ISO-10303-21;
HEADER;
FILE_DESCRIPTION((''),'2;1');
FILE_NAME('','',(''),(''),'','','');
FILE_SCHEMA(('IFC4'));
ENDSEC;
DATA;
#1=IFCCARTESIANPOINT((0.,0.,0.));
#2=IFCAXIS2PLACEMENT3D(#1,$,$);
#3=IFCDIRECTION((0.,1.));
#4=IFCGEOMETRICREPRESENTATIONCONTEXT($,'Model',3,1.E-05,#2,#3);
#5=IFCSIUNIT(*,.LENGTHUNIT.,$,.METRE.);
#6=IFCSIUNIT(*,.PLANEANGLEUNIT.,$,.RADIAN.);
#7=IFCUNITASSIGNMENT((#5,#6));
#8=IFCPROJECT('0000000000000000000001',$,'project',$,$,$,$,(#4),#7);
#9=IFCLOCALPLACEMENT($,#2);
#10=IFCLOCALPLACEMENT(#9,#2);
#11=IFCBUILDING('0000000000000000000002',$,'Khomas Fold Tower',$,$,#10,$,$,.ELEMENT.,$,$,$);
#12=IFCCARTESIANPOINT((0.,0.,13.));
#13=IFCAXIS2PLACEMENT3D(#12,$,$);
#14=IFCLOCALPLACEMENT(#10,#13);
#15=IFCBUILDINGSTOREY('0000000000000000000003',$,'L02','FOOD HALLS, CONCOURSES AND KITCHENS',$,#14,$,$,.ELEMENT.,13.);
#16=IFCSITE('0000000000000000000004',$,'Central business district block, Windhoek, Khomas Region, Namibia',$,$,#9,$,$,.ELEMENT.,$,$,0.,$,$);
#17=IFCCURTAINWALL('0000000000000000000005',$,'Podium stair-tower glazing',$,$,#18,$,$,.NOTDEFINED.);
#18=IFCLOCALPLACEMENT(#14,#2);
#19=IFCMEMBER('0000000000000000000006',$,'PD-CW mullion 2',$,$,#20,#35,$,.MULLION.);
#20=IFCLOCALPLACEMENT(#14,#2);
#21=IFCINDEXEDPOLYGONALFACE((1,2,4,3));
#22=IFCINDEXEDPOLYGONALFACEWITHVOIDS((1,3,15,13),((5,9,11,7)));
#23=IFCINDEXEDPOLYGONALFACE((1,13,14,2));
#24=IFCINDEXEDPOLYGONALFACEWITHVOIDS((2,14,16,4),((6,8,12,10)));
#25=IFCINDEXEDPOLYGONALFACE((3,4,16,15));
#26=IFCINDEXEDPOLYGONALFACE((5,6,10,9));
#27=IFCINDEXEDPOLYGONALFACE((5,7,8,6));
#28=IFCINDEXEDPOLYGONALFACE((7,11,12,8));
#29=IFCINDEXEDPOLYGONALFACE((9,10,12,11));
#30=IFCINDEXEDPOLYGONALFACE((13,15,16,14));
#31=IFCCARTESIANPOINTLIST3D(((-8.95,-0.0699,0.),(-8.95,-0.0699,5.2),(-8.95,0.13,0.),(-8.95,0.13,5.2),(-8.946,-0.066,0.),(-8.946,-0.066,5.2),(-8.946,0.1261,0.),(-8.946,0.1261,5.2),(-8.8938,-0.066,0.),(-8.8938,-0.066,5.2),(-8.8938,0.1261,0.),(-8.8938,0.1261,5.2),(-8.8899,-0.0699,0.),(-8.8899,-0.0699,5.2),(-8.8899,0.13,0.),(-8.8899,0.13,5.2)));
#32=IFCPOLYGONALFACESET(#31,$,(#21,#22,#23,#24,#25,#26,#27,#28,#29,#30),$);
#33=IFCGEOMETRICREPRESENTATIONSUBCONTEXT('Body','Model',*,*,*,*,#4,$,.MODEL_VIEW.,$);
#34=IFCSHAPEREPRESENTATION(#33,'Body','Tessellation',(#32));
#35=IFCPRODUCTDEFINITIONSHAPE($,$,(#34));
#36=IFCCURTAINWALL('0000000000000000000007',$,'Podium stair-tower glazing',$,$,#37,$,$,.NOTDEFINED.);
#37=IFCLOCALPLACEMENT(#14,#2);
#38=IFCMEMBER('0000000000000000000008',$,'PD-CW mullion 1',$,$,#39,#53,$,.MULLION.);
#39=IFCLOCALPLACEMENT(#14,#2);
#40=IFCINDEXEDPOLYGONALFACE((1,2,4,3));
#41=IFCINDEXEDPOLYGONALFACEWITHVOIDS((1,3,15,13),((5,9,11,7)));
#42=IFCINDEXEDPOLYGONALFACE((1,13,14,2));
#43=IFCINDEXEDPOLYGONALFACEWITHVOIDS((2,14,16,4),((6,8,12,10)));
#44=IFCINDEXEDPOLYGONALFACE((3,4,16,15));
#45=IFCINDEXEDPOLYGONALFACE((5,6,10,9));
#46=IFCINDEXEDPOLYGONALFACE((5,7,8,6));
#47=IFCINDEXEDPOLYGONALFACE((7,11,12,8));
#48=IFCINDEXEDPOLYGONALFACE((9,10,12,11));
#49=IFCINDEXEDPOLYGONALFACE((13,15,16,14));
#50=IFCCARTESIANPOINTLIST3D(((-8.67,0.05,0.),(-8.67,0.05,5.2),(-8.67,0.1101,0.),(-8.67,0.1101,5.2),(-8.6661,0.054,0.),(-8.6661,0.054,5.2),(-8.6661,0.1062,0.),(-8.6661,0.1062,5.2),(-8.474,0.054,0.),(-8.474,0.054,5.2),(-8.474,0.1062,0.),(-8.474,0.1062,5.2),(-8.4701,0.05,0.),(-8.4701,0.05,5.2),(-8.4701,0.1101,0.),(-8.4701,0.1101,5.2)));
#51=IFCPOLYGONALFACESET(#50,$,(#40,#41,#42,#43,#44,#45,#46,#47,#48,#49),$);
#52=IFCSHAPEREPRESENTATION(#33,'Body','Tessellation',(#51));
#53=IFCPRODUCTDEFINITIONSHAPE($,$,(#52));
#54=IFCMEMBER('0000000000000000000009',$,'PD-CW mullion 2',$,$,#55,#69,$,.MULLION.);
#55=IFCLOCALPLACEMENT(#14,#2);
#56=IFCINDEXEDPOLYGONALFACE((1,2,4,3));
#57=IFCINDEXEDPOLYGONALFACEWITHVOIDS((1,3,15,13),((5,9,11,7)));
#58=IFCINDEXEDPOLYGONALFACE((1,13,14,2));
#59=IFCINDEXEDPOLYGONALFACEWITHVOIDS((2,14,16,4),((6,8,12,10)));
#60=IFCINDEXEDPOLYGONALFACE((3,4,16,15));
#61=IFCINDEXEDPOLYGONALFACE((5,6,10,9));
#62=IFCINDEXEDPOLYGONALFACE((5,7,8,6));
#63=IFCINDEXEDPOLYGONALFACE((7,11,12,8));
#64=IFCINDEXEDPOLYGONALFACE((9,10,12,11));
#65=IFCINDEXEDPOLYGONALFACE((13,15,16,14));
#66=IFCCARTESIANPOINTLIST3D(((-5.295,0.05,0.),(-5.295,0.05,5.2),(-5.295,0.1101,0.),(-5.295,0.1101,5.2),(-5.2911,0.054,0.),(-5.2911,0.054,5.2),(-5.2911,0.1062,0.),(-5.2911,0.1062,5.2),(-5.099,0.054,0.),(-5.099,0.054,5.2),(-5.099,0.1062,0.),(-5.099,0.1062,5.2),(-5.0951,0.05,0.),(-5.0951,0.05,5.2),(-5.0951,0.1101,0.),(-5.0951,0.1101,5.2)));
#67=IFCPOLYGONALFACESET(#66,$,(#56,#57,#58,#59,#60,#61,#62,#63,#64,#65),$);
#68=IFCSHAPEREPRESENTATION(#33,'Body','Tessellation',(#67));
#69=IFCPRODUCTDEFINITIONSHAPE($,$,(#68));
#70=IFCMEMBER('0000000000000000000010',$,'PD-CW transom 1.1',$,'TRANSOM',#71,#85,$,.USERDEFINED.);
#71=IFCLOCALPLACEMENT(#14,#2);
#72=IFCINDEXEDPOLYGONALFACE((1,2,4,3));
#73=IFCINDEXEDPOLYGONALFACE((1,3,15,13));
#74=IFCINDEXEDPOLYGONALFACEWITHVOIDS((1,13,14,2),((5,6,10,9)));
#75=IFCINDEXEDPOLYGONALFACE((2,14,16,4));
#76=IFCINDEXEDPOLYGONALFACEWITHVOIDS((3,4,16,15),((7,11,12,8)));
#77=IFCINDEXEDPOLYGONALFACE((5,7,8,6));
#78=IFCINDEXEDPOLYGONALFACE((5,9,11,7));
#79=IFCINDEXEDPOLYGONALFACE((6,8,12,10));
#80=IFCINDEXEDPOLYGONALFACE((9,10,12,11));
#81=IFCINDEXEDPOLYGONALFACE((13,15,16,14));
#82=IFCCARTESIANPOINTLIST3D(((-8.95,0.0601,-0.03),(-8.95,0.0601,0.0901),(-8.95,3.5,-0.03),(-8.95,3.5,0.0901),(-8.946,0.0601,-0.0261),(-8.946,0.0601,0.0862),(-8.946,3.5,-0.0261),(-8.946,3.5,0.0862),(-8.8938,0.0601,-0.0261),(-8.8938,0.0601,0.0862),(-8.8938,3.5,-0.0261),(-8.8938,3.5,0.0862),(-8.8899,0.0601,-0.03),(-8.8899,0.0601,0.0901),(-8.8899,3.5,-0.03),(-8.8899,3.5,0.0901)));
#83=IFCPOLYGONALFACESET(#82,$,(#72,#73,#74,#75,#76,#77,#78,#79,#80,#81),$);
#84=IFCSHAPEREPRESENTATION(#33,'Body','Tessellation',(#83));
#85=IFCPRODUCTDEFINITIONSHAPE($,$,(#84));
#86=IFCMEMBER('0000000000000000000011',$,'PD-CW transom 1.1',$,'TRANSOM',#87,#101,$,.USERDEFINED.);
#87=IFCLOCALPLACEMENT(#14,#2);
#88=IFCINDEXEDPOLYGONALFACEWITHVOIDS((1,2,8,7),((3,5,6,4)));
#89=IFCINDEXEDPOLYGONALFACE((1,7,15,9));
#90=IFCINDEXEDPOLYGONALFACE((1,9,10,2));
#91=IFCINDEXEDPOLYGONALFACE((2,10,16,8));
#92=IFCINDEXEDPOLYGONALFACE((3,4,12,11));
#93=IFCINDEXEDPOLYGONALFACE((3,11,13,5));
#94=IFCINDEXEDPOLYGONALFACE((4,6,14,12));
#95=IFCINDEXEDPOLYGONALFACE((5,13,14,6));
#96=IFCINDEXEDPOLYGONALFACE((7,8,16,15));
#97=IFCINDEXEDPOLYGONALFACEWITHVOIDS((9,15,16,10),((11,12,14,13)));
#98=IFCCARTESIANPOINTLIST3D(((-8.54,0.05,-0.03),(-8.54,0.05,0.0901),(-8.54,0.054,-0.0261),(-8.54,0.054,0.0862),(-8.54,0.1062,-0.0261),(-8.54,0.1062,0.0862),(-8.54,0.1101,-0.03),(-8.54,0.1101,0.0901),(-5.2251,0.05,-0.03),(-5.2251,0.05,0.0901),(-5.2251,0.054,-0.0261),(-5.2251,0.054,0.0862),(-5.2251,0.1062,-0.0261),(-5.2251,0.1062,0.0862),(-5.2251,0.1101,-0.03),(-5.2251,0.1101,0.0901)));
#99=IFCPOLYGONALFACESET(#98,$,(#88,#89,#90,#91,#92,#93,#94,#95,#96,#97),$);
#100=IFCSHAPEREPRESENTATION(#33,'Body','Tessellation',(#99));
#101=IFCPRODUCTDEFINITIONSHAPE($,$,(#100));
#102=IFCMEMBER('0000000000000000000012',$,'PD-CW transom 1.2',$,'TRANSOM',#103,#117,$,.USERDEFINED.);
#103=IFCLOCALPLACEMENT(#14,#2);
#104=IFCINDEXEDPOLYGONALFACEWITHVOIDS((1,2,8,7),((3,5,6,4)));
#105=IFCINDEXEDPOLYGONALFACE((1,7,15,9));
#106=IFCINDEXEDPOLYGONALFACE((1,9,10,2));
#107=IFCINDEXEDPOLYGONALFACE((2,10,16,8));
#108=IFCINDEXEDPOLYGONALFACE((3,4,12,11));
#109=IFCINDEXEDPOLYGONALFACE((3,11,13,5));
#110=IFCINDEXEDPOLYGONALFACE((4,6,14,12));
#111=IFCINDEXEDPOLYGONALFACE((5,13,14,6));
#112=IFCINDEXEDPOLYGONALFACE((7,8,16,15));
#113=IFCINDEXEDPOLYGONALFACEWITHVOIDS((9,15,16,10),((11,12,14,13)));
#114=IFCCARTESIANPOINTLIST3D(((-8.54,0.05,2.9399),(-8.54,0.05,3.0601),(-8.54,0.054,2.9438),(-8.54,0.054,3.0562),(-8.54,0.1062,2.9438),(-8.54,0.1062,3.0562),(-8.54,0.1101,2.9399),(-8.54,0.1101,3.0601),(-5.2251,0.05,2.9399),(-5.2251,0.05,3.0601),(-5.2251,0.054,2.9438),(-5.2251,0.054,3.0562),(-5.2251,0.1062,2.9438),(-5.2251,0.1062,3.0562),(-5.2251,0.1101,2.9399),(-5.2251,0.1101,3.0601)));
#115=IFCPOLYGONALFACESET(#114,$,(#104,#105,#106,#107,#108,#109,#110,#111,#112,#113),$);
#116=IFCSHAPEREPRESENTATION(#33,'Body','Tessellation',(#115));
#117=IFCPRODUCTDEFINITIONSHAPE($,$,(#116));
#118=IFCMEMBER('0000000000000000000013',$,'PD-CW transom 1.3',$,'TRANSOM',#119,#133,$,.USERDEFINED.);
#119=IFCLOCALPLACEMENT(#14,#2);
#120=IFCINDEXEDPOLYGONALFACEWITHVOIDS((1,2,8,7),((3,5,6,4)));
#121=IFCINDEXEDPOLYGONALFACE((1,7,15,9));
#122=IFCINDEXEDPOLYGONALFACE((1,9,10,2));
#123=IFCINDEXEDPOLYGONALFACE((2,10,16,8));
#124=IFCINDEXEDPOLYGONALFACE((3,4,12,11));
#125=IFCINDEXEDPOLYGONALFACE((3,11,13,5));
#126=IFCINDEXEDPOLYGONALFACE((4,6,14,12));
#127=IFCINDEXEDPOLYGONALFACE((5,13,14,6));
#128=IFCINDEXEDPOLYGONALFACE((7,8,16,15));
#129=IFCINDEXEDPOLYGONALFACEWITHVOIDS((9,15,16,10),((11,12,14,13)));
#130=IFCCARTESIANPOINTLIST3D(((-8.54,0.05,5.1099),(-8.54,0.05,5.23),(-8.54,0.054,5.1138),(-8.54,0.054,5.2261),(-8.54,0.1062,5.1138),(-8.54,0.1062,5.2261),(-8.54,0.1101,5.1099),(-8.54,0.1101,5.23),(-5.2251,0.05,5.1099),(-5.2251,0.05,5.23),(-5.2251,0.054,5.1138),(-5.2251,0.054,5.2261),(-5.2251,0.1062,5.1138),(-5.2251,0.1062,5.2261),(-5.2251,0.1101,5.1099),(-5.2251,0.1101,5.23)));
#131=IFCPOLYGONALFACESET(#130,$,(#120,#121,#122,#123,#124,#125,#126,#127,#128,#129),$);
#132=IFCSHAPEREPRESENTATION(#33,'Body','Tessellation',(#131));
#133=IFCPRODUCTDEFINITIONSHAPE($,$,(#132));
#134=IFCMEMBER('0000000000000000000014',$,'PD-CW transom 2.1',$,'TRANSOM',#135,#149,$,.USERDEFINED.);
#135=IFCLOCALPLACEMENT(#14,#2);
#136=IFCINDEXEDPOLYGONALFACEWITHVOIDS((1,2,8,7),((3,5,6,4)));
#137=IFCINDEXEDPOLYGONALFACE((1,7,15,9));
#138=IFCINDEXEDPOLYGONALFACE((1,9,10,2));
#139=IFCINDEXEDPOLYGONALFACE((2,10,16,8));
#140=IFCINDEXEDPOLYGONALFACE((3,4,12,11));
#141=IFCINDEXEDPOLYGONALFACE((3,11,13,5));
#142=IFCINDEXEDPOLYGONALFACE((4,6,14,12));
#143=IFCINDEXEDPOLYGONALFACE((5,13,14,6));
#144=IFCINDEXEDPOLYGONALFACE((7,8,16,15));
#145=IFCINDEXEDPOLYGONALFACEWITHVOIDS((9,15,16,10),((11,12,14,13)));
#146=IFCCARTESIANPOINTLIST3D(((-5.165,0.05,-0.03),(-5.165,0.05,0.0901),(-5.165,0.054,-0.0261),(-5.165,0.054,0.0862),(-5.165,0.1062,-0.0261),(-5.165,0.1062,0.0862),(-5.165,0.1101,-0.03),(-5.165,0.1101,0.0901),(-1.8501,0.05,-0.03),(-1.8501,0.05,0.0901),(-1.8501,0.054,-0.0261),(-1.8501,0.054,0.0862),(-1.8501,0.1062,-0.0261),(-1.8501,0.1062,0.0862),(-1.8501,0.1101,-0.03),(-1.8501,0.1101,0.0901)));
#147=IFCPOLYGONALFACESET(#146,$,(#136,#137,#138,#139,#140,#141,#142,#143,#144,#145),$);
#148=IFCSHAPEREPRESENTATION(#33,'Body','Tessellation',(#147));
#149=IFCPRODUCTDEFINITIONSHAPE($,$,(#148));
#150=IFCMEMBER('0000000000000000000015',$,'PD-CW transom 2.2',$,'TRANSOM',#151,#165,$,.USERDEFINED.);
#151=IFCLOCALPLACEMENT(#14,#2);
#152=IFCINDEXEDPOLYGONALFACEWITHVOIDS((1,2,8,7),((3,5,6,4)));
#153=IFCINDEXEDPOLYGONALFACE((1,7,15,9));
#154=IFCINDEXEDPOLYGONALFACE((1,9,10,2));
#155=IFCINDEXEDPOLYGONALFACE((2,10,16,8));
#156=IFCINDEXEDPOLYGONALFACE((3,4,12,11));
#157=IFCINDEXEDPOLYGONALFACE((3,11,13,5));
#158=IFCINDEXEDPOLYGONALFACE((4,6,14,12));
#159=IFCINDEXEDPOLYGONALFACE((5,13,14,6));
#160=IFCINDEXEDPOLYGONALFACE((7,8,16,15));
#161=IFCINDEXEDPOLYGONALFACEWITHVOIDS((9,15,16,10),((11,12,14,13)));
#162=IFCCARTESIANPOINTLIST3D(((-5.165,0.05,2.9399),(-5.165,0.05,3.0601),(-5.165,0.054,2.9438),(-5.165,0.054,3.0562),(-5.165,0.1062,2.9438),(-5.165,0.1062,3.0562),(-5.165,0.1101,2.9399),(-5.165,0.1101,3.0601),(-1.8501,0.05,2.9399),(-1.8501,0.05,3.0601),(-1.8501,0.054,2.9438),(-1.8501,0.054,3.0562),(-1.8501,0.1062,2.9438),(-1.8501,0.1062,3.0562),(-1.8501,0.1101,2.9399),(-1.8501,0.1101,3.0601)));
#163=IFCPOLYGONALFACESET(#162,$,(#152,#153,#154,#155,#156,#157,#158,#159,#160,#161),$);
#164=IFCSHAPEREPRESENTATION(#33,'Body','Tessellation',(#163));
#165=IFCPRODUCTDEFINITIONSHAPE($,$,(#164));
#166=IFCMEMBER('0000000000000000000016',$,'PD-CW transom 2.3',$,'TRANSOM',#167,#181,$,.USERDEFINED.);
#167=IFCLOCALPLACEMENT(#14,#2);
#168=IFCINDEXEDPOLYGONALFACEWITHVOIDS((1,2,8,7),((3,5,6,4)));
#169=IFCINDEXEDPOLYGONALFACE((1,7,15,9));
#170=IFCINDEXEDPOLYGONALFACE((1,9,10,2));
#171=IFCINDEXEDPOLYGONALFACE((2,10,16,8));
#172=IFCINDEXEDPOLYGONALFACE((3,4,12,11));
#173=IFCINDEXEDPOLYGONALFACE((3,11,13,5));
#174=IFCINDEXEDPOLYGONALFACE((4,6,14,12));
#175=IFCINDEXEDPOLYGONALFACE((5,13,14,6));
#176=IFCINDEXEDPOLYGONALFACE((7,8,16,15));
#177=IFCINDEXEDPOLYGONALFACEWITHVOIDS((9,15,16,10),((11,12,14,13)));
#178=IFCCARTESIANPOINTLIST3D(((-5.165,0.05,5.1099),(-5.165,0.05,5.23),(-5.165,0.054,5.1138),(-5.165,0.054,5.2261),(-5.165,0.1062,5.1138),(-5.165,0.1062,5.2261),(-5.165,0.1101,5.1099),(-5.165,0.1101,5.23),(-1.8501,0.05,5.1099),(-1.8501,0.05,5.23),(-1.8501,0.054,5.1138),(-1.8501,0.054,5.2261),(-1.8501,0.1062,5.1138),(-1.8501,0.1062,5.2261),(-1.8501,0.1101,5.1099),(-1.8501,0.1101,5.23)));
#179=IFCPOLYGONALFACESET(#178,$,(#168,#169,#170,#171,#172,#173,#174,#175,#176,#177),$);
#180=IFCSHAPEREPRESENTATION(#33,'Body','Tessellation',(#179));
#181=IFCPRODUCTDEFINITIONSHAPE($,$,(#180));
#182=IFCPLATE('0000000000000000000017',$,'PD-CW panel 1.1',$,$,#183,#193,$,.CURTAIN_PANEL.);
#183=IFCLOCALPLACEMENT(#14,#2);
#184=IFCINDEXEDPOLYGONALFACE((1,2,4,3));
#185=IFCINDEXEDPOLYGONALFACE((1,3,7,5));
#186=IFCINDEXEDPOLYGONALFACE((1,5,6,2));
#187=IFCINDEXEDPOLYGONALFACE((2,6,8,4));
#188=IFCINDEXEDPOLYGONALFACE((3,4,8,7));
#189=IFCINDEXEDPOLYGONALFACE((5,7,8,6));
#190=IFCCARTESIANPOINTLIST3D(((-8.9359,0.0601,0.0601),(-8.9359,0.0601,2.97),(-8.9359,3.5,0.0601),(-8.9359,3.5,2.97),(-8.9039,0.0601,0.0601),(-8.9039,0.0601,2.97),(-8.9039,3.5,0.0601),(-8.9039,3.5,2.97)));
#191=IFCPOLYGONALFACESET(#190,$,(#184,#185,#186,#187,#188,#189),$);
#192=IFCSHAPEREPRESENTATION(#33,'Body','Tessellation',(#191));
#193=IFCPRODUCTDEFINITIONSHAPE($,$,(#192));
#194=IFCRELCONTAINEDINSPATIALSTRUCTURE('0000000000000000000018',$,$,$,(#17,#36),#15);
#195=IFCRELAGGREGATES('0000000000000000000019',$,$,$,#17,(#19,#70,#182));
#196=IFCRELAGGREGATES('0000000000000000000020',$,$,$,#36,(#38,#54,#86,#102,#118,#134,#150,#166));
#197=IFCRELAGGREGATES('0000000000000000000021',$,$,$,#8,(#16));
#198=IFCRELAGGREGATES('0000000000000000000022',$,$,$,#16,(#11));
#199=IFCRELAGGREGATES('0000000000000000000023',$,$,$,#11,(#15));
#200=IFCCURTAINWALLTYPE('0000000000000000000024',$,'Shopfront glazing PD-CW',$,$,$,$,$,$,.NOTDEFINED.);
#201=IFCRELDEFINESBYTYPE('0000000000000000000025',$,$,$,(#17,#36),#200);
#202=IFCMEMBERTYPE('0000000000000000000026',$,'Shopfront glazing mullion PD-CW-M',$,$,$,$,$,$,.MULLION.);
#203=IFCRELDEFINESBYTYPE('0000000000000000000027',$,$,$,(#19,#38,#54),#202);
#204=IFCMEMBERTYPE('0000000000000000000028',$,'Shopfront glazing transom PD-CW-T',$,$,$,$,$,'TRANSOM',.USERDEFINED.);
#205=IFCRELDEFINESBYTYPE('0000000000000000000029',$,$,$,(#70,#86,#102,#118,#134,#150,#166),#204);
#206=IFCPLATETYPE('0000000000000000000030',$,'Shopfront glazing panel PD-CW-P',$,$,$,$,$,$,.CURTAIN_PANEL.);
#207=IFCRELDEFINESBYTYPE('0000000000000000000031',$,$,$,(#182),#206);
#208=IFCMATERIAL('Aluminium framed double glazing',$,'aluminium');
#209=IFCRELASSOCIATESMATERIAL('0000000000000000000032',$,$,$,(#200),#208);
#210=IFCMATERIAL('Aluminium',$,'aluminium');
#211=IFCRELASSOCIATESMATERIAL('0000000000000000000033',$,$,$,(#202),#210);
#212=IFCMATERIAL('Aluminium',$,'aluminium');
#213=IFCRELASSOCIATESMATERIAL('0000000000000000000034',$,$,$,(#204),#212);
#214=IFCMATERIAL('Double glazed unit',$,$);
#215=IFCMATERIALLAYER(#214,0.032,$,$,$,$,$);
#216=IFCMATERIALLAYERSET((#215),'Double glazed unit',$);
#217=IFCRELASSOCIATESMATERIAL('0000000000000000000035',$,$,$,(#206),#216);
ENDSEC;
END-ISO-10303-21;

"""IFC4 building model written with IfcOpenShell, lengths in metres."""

from ifc_helpers import new_model, si_unit, direction, frame, origin, origin_2d, place, context, subcontext, project, spatial, rectangle, hollow_rectangle, extrude, source, transform, mapped, material, layer, layer_set, material_profile, profile_set, type_object, element, aggregate, save


model = new_model("IFC4")

# Units and contexts
model_context = context("Model", 3, precision=1e-05, world=origin(), true_north=direction((0.0, 1.0)))
body_context = subcontext(model_context, "Body", "Model", "MODEL_VIEW")
ifc_project = project(units=[si_unit("LENGTHUNIT", "METRE"), si_unit("PLANEANGLEUNIT", "RADIAN")], contexts=[model_context])

# Site, building, storey
site_placement = place(None, origin())
site = spatial("IfcSite", under=ifc_project, at=site_placement, Name="Central business district block, Windhoek, Khomas Region, Namibia", CompositionType="ELEMENT", RefElevation=0.0)
building_placement = place(site_placement, origin())
building = spatial("IfcBuilding", under=site, at=building_placement, Name="Khomas Fold Tower", CompositionType="ELEMENT")
storey_placement = place(building_placement, frame((0.0, 0.0, 13.0)))
storey = spatial("IfcBuildingStorey", under=building, at=storey_placement, Name="L02", Description="FOOD HALLS, CONCOURSES AND KITCHENS", CompositionType="ELEMENT", Elevation=13.0)

# Curtain wall, member
ifc_material_1 = material(Name="Aluminium framed double glazing", Category="aluminium")
curtain_wall_type = type_object("IfcCurtainWallType", Name="Shopfront glazing PD-CW", PredefinedType="NOTDEFINED", material=ifc_material_1)
curtain_wall_1_placement = place(storey_placement, origin())
curtain_wall_1 = element("IfcCurtainWall", 1, at=curtain_wall_1_placement, inside=storey, type_object=curtain_wall_type, Name="Podium stair-tower glazing", PredefinedType="NOTDEFINED")
ifc_material_2 = material(Name="Aluminium", Category="aluminium")
ifc_material_profile_1 = material_profile(ifc_material_2, hollow_rectangle(XDim=0.0601, YDim=0.2, WallThickness=0.0039, at=origin_2d()), Name="Shopfront glazing mullion PD-CW-M")
ifc_profile_set_1 = profile_set([ifc_material_profile_1], Name="Aluminium")
member_type_1 = type_object("IfcMemberType", Name="Shopfront glazing mullion PD-CW-M", PredefinedType="MULLION", material=ifc_profile_set_1)
shared_shape_1 = source(origin(), body_context, "Body", "SweptSolid", [
    extrude(hollow_rectangle(XDim=0.0601, YDim=0.2, WallThickness=0.0039, at=origin_2d()), origin(), (0.0, 0.0, 1.0), 5.2),
])
member_1_placement = place(storey_placement, frame((-8.9199, 0.03, 0.0), z_axis=(0.0, 0.0, 1.0), x_axis=(1.0, 0.0, 0.0)))
member_1 = element("IfcMember", 2, at=member_1_placement, type_object=member_type_1, Name="PD-CW mullion 2", PredefinedType="MULLION", context=body_context, shape_type="MappedRepresentation", body=[
    mapped(shared_shape_1, transform((0.0, 0.0, 0.0))),
])

# Curtain wall, members
curtain_wall_2_placement = place(storey_placement, origin())
curtain_wall_2 = element("IfcCurtainWall", 3, at=curtain_wall_2_placement, inside=storey, type_object=curtain_wall_type, Name="Podium stair-tower glazing", PredefinedType="NOTDEFINED")
member_2_placement = place(storey_placement, frame((-8.5701, 0.0801, 0.0), z_axis=(0.0, 0.0, 1.0), x_axis=(0.0, 1.0, 0.0)))
member_2 = element("IfcMember", 4, at=member_2_placement, type_object=member_type_1, Name="PD-CW mullion 1", PredefinedType="MULLION", context=body_context, shape_type="MappedRepresentation", body=[
    mapped(shared_shape_1, transform((0.0, 0.0, 0.0))),
])
member_3_placement = place(storey_placement, frame((-5.1951, 0.0801, 0.0), z_axis=(0.0, 0.0, 1.0), x_axis=(0.0, 1.0, 0.0)))
member_3 = element("IfcMember", 5, at=member_3_placement, type_object=member_type_1, Name="PD-CW mullion 2", PredefinedType="MULLION", context=body_context, shape_type="MappedRepresentation", body=[
    mapped(shared_shape_1, transform((0.0, 0.0, 0.0))),
])

# Members
ifc_material_3 = material(Name="Aluminium", Category="aluminium")
ifc_material_profile_2 = material_profile(ifc_material_3, hollow_rectangle(XDim=0.0601, YDim=0.1201, WallThickness=0.0039, at=origin_2d()), Name="Shopfront glazing transom PD-CW-T")
ifc_profile_set_2 = profile_set([ifc_material_profile_2], Name="Aluminium")
member_type_2 = type_object("IfcMemberType", Name="Shopfront glazing transom PD-CW-T", ElementType="TRANSOM", PredefinedType="USERDEFINED", material=ifc_profile_set_2)
shared_shape_2 = source(origin(), body_context, "Body", "SweptSolid", [
    extrude(hollow_rectangle(XDim=0.0601, YDim=0.1201, WallThickness=0.0039, at=origin_2d()), origin(), (0.0, 0.0, 1.0), 3.4399),
])
member_4_placement = place(storey_placement, frame((-8.9199, 3.5, 0.03), z_axis=(0.0, -1.0, 0.0), x_axis=(1.0, 0.0, 0.0)))
member_4 = element("IfcMember", 6, at=member_4_placement, type_object=member_type_2, Name="PD-CW transom 1.1", ObjectType="TRANSOM", PredefinedType="USERDEFINED", context=body_context, shape_type="MappedRepresentation", body=[
    mapped(shared_shape_2, transform((0.0, 0.0, 0.0))),
])
shared_shape_3 = source(origin(), body_context, "Body", "SweptSolid", [
    extrude(hollow_rectangle(XDim=0.0601, YDim=0.1201, WallThickness=0.0039, at=origin_2d()), origin(), (0.0, 0.0, 1.0), 3.3149),
])
member_5_placement = place(storey_placement, frame((-8.54, 0.0801, 0.03), z_axis=(1.0, 0.0, 0.0), x_axis=(0.0, 1.0, 0.0)))
member_5 = element("IfcMember", 7, at=member_5_placement, type_object=member_type_2, Name="PD-CW transom 1.1", ObjectType="TRANSOM", PredefinedType="USERDEFINED", context=body_context, shape_type="MappedRepresentation", body=[
    mapped(shared_shape_3, transform((0.0, 0.0, 0.0))),
])
member_6_placement = place(storey_placement, frame((-8.54, 0.0801, 3.0), z_axis=(1.0, 0.0, 0.0), x_axis=(0.0, 1.0, 0.0)))
member_6 = element("IfcMember", 8, at=member_6_placement, type_object=member_type_2, Name="PD-CW transom 1.2", ObjectType="TRANSOM", PredefinedType="USERDEFINED", context=body_context, shape_type="MappedRepresentation", body=[
    mapped(shared_shape_3, transform((0.0, 0.0, 0.0))),
])
member_7_placement = place(storey_placement, frame((-8.54, 0.0801, 5.1699), z_axis=(1.0, 0.0, 0.0), x_axis=(0.0, 1.0, 0.0)))
member_7 = element("IfcMember", 9, at=member_7_placement, type_object=member_type_2, Name="PD-CW transom 1.3", ObjectType="TRANSOM", PredefinedType="USERDEFINED", context=body_context, shape_type="MappedRepresentation", body=[
    mapped(shared_shape_3, transform((0.0, 0.0, 0.0))),
])
member_8_placement = place(storey_placement, frame((-5.165, 0.0801, 0.03), z_axis=(1.0, 0.0, 0.0), x_axis=(0.0, 1.0, 0.0)))
member_8 = element("IfcMember", 10, at=member_8_placement, type_object=member_type_2, Name="PD-CW transom 2.1", ObjectType="TRANSOM", PredefinedType="USERDEFINED", context=body_context, shape_type="MappedRepresentation", body=[
    mapped(shared_shape_3, transform((0.0, 0.0, 0.0))),
])
member_9_placement = place(storey_placement, frame((-5.165, 0.0801, 3.0), z_axis=(1.0, 0.0, 0.0), x_axis=(0.0, 1.0, 0.0)))
member_9 = element("IfcMember", 11, at=member_9_placement, type_object=member_type_2, Name="PD-CW transom 2.2", ObjectType="TRANSOM", PredefinedType="USERDEFINED", context=body_context, shape_type="MappedRepresentation", body=[
    mapped(shared_shape_3, transform((0.0, 0.0, 0.0))),
])
member_10_placement = place(storey_placement, frame((-5.165, 0.0801, 5.1699), z_axis=(1.0, 0.0, 0.0), x_axis=(0.0, 1.0, 0.0)))
member_10 = element("IfcMember", 12, at=member_10_placement, type_object=member_type_2, Name="PD-CW transom 2.3", ObjectType="TRANSOM", PredefinedType="USERDEFINED", context=body_context, shape_type="MappedRepresentation", body=[
    mapped(shared_shape_3, transform((0.0, 0.0, 0.0))),
])

# Plate
ifc_material_4 = material(Name="Double glazed unit")
ifc_layer_1 = layer(ifc_material_4, 0.032)
ifc_layer_set_1 = layer_set([ifc_layer_1], Name="Double glazed unit")
plate_type = type_object("IfcPlateType", Name="Shopfront glazing panel PD-CW-P", PredefinedType="CURTAIN_PANEL", material=ifc_layer_set_1)
shared_shape_4 = source(origin(), body_context, "Body", "SweptSolid", [
    extrude(rectangle(XDim=3.4399, YDim=0.032, at=origin_2d()), origin(), (0.0, 0.0, 1.0), 2.9099),
])
plate_1_placement = place(storey_placement, frame((-8.9199, 1.78, 0.0601), z_axis=(0.0, 0.0, 1.0), x_axis=(0.0, -1.0, 0.0)))
plate_1 = element("IfcPlate", 13, at=plate_1_placement, type_object=plate_type, Name="PD-CW panel 1.1", PredefinedType="CURTAIN_PANEL", context=body_context, shape_type="MappedRepresentation", body=[
    mapped(shared_shape_4, transform((0.0, 0.0, 0.0))),
])
aggregate(curtain_wall_1, [member_1, member_4, plate_1])
aggregate(curtain_wall_2, [member_2, member_3, member_5, member_6, member_7, member_8, member_9, member_10])

save(model, "model.ifc")
